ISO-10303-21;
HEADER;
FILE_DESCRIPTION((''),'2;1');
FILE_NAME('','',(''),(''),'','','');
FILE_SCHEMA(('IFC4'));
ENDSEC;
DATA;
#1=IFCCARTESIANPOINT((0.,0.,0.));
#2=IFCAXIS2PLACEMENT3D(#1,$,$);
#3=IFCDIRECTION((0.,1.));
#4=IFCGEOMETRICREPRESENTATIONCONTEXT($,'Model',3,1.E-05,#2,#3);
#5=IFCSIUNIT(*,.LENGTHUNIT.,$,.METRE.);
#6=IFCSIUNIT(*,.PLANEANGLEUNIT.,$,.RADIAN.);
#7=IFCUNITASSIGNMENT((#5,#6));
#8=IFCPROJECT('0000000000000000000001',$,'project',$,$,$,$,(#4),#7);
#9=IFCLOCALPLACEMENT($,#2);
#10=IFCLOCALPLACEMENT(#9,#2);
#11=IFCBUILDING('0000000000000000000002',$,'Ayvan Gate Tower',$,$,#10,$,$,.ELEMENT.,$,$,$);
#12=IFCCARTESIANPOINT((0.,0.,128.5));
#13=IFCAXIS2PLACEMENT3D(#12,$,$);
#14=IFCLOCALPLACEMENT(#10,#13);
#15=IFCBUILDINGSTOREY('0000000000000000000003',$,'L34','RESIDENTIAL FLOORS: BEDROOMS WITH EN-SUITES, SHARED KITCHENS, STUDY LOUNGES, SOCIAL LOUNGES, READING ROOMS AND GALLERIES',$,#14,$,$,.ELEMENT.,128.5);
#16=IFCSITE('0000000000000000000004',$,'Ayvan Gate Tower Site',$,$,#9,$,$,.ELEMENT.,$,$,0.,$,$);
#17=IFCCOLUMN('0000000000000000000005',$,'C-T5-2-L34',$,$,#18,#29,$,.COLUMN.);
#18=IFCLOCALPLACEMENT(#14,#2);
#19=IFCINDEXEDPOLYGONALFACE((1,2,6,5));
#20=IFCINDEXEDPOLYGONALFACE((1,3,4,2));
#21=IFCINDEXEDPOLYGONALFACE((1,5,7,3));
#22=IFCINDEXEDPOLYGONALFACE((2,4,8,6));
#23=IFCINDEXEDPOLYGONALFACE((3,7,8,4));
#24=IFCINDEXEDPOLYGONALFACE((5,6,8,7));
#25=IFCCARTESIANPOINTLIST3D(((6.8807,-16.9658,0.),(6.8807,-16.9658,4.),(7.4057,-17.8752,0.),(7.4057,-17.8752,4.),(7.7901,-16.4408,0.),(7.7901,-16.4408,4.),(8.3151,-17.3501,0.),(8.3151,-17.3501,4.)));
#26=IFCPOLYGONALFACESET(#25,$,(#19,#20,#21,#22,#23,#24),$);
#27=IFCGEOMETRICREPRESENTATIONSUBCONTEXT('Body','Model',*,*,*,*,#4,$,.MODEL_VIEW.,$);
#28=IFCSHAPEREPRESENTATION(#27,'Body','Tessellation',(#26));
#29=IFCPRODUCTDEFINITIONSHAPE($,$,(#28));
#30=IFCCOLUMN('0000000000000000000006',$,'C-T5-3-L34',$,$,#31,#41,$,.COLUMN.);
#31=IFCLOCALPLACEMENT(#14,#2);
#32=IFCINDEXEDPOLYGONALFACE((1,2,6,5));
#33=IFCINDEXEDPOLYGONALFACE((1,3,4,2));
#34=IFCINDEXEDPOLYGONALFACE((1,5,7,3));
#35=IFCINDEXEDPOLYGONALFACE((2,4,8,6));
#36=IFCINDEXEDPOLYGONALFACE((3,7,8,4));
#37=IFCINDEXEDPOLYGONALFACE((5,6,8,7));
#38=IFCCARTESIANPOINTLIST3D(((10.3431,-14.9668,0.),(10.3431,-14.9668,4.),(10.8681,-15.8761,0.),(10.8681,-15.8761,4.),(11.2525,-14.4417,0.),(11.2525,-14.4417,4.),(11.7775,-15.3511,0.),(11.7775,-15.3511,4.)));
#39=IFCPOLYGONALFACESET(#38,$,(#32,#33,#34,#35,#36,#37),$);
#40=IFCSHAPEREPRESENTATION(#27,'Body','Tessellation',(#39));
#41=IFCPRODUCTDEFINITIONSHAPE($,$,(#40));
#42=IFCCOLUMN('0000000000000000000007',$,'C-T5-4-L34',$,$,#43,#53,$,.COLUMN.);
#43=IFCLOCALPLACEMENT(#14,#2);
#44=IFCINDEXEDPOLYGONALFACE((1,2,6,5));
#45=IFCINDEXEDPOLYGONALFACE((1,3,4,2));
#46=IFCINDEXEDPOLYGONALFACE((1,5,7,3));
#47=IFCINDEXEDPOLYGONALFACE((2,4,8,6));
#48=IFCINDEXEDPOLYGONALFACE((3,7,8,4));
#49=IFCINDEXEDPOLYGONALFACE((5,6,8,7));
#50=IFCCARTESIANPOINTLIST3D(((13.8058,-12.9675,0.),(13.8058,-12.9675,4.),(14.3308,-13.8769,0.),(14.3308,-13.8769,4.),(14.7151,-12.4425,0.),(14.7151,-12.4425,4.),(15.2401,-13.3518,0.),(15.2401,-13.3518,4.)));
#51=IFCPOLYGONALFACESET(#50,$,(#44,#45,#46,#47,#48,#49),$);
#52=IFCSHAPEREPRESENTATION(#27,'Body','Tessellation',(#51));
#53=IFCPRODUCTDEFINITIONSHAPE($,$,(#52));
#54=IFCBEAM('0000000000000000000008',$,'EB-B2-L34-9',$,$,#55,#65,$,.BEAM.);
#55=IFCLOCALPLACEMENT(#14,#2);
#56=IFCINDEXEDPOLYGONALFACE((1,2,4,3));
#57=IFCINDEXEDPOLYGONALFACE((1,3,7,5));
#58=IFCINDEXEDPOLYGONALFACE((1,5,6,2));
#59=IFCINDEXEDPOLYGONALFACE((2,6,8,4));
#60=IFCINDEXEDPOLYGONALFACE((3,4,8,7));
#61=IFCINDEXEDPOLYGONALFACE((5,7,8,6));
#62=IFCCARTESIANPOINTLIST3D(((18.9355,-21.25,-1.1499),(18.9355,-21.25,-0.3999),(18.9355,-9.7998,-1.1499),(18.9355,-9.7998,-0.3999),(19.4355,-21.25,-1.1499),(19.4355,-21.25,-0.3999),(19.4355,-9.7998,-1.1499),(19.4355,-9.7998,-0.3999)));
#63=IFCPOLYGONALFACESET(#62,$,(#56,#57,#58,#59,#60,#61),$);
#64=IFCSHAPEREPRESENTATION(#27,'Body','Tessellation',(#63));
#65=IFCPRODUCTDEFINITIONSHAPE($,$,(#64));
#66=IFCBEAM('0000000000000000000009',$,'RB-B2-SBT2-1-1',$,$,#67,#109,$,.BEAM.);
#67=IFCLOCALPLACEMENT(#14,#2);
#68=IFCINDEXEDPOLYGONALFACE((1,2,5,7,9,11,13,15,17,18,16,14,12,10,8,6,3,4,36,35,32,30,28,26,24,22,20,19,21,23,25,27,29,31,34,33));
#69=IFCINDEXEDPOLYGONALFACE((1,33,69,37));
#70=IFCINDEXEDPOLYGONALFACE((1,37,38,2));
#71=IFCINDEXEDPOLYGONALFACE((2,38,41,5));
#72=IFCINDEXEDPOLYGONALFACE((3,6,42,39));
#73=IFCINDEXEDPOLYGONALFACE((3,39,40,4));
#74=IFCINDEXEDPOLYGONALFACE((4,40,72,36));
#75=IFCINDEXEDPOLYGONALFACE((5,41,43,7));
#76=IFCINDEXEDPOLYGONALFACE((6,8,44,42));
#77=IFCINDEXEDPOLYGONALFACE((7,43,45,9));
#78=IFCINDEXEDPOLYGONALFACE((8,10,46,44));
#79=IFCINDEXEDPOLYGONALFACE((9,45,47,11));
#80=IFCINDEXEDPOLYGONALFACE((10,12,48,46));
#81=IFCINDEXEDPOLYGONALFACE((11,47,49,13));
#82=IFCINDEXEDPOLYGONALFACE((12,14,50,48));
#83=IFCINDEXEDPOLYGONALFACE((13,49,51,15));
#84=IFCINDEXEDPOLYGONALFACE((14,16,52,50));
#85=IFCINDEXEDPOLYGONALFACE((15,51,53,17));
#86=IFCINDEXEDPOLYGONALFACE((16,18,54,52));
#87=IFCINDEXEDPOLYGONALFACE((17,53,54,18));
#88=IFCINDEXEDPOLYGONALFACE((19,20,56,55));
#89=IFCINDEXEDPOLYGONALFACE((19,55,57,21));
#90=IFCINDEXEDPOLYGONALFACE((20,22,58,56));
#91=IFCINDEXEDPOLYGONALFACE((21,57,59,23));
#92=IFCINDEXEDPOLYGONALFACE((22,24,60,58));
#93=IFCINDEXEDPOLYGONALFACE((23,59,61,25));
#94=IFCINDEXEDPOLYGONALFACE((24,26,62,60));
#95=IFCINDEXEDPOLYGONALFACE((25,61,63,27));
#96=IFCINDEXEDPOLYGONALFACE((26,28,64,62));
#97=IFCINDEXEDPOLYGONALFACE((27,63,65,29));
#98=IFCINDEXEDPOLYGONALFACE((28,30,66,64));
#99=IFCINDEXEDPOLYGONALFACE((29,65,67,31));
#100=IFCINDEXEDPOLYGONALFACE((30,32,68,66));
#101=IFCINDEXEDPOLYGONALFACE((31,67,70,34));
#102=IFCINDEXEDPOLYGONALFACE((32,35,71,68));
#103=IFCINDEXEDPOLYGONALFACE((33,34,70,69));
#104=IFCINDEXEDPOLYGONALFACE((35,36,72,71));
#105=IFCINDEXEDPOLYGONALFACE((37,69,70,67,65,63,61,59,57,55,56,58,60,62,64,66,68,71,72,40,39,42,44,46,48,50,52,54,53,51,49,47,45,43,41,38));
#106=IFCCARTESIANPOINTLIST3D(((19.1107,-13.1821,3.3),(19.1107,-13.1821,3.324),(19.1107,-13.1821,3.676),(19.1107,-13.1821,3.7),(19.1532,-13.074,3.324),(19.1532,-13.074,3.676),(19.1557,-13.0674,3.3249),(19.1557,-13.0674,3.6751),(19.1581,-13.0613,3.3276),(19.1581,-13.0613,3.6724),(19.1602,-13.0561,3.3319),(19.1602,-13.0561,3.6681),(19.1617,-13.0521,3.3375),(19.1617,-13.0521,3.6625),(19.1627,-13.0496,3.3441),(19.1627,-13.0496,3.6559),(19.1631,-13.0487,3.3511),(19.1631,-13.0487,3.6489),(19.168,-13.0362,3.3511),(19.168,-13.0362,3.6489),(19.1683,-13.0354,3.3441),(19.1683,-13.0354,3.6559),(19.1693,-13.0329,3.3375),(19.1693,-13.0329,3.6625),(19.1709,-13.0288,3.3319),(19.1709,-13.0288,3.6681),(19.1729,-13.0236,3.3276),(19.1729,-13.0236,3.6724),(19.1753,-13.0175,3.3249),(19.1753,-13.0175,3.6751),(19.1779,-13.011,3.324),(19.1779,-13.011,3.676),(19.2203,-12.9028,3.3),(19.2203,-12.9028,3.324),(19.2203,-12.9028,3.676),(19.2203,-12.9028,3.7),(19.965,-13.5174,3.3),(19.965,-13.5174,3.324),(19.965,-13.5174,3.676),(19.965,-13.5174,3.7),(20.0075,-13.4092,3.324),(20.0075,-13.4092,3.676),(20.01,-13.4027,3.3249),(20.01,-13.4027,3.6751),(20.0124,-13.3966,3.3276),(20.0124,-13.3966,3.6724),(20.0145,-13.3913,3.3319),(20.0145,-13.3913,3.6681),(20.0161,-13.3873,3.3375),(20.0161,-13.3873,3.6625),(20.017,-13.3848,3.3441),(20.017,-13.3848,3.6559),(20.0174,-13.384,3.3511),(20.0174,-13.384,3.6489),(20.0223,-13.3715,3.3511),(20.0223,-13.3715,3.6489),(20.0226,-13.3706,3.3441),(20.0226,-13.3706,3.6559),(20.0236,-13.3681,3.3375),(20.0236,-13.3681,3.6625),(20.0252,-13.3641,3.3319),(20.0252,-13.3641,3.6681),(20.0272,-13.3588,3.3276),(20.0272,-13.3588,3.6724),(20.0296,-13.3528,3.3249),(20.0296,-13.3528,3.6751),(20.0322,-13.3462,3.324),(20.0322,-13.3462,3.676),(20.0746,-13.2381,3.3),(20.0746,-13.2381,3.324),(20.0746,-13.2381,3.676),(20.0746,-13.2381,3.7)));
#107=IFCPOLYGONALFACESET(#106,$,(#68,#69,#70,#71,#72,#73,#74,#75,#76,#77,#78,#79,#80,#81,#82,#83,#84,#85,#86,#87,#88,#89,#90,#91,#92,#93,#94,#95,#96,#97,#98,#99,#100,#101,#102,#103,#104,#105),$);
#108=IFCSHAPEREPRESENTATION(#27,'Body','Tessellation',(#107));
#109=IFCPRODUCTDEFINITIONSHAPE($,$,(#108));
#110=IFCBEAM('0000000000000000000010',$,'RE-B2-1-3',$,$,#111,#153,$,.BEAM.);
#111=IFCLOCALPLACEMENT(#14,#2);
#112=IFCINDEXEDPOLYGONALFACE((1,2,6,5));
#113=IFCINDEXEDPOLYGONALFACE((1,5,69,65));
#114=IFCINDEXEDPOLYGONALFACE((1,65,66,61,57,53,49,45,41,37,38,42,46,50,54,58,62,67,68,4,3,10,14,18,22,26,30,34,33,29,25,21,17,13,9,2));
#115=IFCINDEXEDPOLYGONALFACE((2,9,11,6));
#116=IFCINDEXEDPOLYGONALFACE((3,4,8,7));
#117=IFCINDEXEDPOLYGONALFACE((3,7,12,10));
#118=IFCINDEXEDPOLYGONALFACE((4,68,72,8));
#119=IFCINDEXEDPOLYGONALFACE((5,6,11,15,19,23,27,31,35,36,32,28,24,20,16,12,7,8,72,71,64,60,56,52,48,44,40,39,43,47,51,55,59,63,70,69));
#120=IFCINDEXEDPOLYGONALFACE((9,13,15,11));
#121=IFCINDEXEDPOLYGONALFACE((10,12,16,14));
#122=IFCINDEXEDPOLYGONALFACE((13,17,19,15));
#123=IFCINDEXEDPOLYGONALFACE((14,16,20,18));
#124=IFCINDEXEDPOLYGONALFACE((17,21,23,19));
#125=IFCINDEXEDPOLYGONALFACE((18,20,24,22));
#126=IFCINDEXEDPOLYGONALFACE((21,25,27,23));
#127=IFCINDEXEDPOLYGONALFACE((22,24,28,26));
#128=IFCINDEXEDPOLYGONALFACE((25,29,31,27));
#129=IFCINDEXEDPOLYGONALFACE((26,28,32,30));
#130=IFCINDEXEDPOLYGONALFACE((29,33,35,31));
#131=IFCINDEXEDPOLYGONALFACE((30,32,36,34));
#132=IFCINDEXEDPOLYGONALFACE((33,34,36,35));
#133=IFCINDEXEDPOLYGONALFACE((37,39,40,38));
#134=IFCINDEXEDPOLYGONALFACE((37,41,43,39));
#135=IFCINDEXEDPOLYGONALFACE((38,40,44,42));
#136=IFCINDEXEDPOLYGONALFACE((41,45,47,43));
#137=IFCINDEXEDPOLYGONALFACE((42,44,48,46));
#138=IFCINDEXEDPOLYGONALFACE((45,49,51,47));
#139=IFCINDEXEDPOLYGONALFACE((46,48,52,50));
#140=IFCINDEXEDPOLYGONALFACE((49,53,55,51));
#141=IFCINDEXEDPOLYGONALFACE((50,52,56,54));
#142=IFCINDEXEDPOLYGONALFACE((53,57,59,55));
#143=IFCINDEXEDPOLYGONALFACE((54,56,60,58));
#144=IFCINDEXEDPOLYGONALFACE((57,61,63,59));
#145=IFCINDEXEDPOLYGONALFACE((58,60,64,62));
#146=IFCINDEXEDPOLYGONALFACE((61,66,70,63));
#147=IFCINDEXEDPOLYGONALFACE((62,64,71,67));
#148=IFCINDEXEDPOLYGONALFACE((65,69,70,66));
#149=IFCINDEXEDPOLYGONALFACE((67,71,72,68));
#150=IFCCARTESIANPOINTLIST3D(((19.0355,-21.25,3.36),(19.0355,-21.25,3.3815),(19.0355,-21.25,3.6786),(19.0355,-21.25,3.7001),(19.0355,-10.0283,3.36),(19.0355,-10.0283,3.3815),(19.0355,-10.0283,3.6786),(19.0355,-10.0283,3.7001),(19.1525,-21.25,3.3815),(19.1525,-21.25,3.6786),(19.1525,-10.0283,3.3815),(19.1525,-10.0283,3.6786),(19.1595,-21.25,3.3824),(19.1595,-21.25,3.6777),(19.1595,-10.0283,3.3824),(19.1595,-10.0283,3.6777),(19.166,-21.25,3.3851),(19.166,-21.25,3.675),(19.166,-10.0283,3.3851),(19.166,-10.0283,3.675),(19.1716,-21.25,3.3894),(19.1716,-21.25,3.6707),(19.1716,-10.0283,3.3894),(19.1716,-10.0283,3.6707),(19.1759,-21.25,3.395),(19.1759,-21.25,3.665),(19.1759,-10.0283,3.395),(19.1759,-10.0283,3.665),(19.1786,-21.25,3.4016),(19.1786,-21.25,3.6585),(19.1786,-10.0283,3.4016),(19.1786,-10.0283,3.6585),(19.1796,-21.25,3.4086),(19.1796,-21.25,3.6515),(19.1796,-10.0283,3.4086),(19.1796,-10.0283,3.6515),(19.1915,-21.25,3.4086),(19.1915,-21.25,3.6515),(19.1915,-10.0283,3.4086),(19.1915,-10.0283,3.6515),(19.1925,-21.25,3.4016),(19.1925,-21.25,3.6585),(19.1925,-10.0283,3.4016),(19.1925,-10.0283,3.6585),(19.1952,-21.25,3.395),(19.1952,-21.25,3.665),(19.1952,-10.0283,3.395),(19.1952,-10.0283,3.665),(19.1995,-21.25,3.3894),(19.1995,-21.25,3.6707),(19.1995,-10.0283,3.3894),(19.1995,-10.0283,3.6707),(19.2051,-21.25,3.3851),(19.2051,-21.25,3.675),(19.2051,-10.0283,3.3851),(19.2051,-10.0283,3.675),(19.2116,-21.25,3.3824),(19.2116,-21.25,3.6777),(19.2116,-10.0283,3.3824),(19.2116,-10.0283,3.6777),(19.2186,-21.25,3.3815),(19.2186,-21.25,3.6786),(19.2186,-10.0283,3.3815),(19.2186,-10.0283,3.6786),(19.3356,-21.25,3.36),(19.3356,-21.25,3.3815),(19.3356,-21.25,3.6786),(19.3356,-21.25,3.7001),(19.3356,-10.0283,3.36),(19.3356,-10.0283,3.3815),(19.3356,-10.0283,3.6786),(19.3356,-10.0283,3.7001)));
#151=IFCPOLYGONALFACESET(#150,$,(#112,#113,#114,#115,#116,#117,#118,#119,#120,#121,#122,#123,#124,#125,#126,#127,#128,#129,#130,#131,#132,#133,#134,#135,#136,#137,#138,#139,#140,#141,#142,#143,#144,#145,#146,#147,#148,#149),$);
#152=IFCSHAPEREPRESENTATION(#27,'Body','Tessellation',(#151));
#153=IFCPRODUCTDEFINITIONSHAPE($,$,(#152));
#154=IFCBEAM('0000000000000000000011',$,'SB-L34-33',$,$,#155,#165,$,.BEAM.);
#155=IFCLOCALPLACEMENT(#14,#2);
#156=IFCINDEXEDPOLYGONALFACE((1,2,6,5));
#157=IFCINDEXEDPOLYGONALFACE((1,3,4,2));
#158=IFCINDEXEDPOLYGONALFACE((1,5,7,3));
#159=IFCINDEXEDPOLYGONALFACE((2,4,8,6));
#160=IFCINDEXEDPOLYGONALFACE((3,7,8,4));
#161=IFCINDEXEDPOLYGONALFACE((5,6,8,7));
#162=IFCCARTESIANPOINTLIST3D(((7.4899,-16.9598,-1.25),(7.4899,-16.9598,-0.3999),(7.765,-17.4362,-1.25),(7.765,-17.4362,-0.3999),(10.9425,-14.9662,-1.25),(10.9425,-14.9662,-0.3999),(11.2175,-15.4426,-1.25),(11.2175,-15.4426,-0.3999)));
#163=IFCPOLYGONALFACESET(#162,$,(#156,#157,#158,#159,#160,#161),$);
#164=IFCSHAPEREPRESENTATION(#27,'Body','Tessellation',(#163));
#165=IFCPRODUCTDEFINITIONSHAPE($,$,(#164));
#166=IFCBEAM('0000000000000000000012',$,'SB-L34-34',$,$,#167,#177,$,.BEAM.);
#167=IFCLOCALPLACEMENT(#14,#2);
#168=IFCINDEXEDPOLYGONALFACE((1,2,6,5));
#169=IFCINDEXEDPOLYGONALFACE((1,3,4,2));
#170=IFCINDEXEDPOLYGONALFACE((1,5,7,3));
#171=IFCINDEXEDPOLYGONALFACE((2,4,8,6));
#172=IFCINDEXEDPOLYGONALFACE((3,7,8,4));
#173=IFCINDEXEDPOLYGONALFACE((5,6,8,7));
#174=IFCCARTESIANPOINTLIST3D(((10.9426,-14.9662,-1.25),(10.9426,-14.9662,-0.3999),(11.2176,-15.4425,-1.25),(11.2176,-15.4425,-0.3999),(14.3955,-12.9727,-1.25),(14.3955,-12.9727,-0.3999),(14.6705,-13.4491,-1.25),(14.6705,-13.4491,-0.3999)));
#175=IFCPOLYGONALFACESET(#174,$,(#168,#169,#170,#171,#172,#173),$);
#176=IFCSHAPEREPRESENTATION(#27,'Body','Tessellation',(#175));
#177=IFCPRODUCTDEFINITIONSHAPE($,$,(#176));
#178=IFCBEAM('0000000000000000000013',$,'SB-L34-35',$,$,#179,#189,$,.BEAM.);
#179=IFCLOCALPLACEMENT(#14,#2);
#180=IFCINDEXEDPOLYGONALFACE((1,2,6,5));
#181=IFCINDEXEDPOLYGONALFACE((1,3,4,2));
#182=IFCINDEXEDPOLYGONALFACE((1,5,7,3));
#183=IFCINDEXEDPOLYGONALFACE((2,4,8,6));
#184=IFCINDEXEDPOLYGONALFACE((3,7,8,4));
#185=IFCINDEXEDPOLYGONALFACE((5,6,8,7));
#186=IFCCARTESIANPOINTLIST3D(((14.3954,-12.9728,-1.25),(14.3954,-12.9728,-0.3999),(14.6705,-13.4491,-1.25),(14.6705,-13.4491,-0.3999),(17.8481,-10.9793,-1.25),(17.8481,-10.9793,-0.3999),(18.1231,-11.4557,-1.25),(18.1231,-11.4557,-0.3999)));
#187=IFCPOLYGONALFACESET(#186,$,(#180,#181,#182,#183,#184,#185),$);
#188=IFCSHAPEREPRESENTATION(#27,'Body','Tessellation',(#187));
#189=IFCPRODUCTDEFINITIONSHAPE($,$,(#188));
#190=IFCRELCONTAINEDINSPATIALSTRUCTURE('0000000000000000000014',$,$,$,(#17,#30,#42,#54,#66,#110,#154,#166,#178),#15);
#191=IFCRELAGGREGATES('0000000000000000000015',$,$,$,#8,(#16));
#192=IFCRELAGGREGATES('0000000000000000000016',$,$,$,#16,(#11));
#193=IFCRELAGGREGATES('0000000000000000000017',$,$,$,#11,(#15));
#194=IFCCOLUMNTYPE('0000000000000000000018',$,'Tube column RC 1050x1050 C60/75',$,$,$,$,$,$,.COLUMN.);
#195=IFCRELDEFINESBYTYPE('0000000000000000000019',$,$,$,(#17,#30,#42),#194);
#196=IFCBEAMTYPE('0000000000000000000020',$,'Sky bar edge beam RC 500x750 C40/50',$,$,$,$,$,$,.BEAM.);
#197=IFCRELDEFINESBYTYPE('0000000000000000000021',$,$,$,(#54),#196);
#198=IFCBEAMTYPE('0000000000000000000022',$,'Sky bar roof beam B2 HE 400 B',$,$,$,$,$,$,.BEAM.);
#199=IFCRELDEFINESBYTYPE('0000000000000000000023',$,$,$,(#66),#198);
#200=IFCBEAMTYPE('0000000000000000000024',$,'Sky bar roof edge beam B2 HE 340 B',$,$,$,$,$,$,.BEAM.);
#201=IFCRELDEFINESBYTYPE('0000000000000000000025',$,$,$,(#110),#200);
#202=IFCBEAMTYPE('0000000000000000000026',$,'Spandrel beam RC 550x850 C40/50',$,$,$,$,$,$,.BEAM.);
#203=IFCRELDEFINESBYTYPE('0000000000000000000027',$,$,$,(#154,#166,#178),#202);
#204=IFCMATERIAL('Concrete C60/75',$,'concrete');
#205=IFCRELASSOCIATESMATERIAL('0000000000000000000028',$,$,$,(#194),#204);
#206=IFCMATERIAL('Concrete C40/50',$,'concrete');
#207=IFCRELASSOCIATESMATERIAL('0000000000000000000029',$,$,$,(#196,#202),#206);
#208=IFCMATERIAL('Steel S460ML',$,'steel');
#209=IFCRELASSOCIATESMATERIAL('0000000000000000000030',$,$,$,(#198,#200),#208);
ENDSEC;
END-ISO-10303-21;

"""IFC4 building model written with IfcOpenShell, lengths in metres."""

from ifc_helpers import new_model, si_unit, direction, frame, origin, origin_2d, place, context, subcontext, project, spatial, rectangle, i_section, extrude, material, material_profile, profile_set, type_object, element, save


model = new_model("IFC4")

# Units and contexts
model_context = context("Model", 3, precision=1e-05, world=origin(), true_north=direction((0.0, 1.0)))
body_context = subcontext(model_context, "Body", "Model", "MODEL_VIEW")
ifc_project = project(units=[si_unit("LENGTHUNIT", "METRE"), si_unit("PLANEANGLEUNIT", "RADIAN")], contexts=[model_context])

# Site, building, storey
site_placement = place(None, origin())
site = spatial("IfcSite", under=ifc_project, at=site_placement, Name="Ayvan Gate Tower Site", CompositionType="ELEMENT", RefElevation=0.0)
building_placement = place(site_placement, origin())
building = spatial("IfcBuilding", under=site, at=building_placement, Name="Ayvan Gate Tower", CompositionType="ELEMENT")
storey_placement = place(building_placement, frame((0.0, 0.0, 128.5)))
storey = spatial("IfcBuildingStorey", under=building, at=storey_placement, Name="L34", Description="RESIDENTIAL FLOORS: BEDROOMS WITH EN-SUITES, SHARED KITCHENS, STUDY LOUNGES, SOCIAL LOUNGES, READING ROOMS AND GALLERIES", CompositionType="ELEMENT", Elevation=128.5)

# Columns
ifc_material_1 = material(Name="Concrete C60/75", Category="concrete")
ifc_material_profile_1 = material_profile(ifc_material_1, rectangle(XDim=1.05, YDim=1.05, at=origin_2d()), Name="RC 1050x1050")
ifc_profile_set_1 = profile_set([ifc_material_profile_1], Name="Concrete C60/75")
column_type = type_object("IfcColumnType", Name="Tube column RC 1050x1050 C60/75", PredefinedType="COLUMN", material=ifc_profile_set_1)
for number, where, z_axis, x_axis, name in (
    (1, (7.5979, -17.158, 0.0), (0.0, 0.0, 1.0), (0.5, -0.866025, 0.0), "C-T5-2-L34"),
    (2, (11.0603, -15.1589, 0.0), (0.0, 0.0, 1.0), (0.5, -0.866025, 0.0), "C-T5-3-L34"),
    (3, (14.5229, -13.1597, 0.0), (0.0, 0.0, 1.0), (0.5, -0.866025, 0.0), "C-T5-4-L34"),
):
    element("IfcColumn", number, at=place(storey_placement, frame(where, z_axis=z_axis, x_axis=x_axis)), inside=storey, type_object=column_type, Name=name, PredefinedType="COLUMN", context=body_context, shape_type="SweptSolid", body=[
        extrude(rectangle(XDim=1.05, YDim=1.05, at=origin_2d()), origin(), (0.0, 0.0, 1.0), 4.0),
    ])

# Beams
ifc_material_2 = material(Name="Concrete C40/50", Category="concrete")
ifc_material_profile_2 = material_profile(ifc_material_2, rectangle(XDim=0.5, YDim=0.75, at=origin_2d()), Name="RC 500x750")
ifc_profile_set_2 = profile_set([ifc_material_profile_2], Name="Concrete C40/50")
beam_type_1 = type_object("IfcBeamType", Name="Sky bar edge beam RC 500x750 C40/50", PredefinedType="BEAM", material=ifc_profile_set_2)
beam_1_placement = place(storey_placement, frame((19.1855, -21.25, -0.7749), z_axis=(0.0, 1.0, 0.0), x_axis=(-1.0, 0.0, 0.0)))
element("IfcBeam", 4, at=beam_1_placement, inside=storey, type_object=beam_type_1, Name="EB-B2-L34-9", PredefinedType="BEAM", context=body_context, shape_type="SweptSolid", body=[
    extrude(rectangle(XDim=0.5, YDim=0.75, at=origin_2d()), origin(), (0.0, 0.0, 1.0), 11.4502),
])
ifc_material_3 = material(Name="Steel S460ML", Category="steel")
ifc_material_profile_3 = material_profile(ifc_material_3, i_section(OverallWidth=0.3, OverallDepth=0.3999, WebThickness=0.0134, FlangeThickness=0.0239, FilletRadius=0.0271, at=origin_2d()), Name="HE 400 B")
ifc_profile_set_3 = profile_set([ifc_material_profile_3], Name="Steel S460ML")
beam_type_2 = type_object("IfcBeamType", Name="Sky bar roof beam B2 HE 400 B", PredefinedType="BEAM", material=ifc_profile_set_3)
beam_2_placement = place(storey_placement, frame((19.1655, -13.0425, 3.5), z_axis=(0.930897, -0.365282, 0.0), x_axis=(0.365282, 0.930897, 0.0)))
element("IfcBeam", 5, at=beam_2_placement, inside=storey, type_object=beam_type_2, Name="RB-B2-SBT2-1-1", PredefinedType="BEAM", context=body_context, shape_type="SweptSolid", body=[
    extrude(i_section(OverallWidth=0.3, OverallDepth=0.3999, WebThickness=0.0134, FlangeThickness=0.0239, FilletRadius=0.0271, at=origin_2d()), origin(), (0.0, 0.0, 1.0), 0.9177),
])
ifc_material_profile_4 = material_profile(ifc_material_3, i_section(OverallWidth=0.3, OverallDepth=0.3401, WebThickness=0.012, FlangeThickness=0.0215, FilletRadius=0.0271, at=origin_2d()), Name="HE 340 B")
ifc_profile_set_4 = profile_set([ifc_material_profile_4], Name="Steel S460ML")
beam_type_3 = type_object("IfcBeamType", Name="Sky bar roof edge beam B2 HE 340 B", PredefinedType="BEAM", material=ifc_profile_set_4)
beam_3_placement = place(storey_placement, frame((19.1855, -21.25, 3.53), z_axis=(0.0, 1.0, 0.0), x_axis=(-1.0, 0.0, 0.0)))
element("IfcBeam", 6, at=beam_3_placement, inside=storey, type_object=beam_type_3, Name="RE-B2-1-3", PredefinedType="BEAM", context=body_context, shape_type="SweptSolid", body=[
    extrude(i_section(OverallWidth=0.3, OverallDepth=0.3401, WebThickness=0.012, FlangeThickness=0.0215, FilletRadius=0.0271, at=origin_2d()), origin(), (0.0, 0.0, 1.0), 11.2217),
])
ifc_material_profile_5 = material_profile(ifc_material_2, rectangle(XDim=0.55, YDim=0.8501, at=origin_2d()), Name="RC 550x850")
ifc_profile_set_5 = profile_set([ifc_material_profile_5], Name="Concrete C40/50")
beam_type_4 = type_object("IfcBeamType", Name="Spandrel beam RC 550x850 C40/50", PredefinedType="BEAM", material=ifc_profile_set_5)
beam_4_placement = place(storey_placement, frame((7.6274, -17.198, -0.825), z_axis=(0.865996, 0.500051, 0.0), x_axis=(-0.500051, 0.865996, 0.0)))
element("IfcBeam", 7, at=beam_4_placement, inside=storey, type_object=beam_type_4, Name="SB-L34-33", PredefinedType="BEAM", context=body_context, shape_type="SweptSolid", body=[
    extrude(rectangle(XDim=0.55, YDim=0.8501, at=origin_2d()), origin(), (0.0, 0.0, 1.0), 3.9868),
])
beam_5_placement = place(storey_placement, frame((11.0801, -15.2043, -0.825), z_axis=(0.866038, 0.499979, 0.0), x_axis=(-0.499979, 0.866038, 0.0)))
element("IfcBeam", 8, at=beam_5_placement, inside=storey, type_object=beam_type_4, Name="SB-L34-34", PredefinedType="BEAM", context=body_context, shape_type="SweptSolid", body=[
    extrude(rectangle(XDim=0.55, YDim=0.8501, at=origin_2d()), origin(), (0.0, 0.0, 1.0), 3.9871),
])
beam_6_placement = place(storey_placement, frame((14.533, -13.2109, -0.825), z_axis=(0.866022, 0.500005, 0.0), x_axis=(-0.500005, 0.866022, 0.0)))
element("IfcBeam", 9, at=beam_6_placement, inside=storey, type_object=beam_type_4, Name="SB-L34-35", PredefinedType="BEAM", context=body_context, shape_type="SweptSolid", body=[
    extrude(rectangle(XDim=0.55, YDim=0.8501, at=origin_2d()), origin(), (0.0, 0.0, 1.0), 3.9868),
])

save(model, "model.ifc")
